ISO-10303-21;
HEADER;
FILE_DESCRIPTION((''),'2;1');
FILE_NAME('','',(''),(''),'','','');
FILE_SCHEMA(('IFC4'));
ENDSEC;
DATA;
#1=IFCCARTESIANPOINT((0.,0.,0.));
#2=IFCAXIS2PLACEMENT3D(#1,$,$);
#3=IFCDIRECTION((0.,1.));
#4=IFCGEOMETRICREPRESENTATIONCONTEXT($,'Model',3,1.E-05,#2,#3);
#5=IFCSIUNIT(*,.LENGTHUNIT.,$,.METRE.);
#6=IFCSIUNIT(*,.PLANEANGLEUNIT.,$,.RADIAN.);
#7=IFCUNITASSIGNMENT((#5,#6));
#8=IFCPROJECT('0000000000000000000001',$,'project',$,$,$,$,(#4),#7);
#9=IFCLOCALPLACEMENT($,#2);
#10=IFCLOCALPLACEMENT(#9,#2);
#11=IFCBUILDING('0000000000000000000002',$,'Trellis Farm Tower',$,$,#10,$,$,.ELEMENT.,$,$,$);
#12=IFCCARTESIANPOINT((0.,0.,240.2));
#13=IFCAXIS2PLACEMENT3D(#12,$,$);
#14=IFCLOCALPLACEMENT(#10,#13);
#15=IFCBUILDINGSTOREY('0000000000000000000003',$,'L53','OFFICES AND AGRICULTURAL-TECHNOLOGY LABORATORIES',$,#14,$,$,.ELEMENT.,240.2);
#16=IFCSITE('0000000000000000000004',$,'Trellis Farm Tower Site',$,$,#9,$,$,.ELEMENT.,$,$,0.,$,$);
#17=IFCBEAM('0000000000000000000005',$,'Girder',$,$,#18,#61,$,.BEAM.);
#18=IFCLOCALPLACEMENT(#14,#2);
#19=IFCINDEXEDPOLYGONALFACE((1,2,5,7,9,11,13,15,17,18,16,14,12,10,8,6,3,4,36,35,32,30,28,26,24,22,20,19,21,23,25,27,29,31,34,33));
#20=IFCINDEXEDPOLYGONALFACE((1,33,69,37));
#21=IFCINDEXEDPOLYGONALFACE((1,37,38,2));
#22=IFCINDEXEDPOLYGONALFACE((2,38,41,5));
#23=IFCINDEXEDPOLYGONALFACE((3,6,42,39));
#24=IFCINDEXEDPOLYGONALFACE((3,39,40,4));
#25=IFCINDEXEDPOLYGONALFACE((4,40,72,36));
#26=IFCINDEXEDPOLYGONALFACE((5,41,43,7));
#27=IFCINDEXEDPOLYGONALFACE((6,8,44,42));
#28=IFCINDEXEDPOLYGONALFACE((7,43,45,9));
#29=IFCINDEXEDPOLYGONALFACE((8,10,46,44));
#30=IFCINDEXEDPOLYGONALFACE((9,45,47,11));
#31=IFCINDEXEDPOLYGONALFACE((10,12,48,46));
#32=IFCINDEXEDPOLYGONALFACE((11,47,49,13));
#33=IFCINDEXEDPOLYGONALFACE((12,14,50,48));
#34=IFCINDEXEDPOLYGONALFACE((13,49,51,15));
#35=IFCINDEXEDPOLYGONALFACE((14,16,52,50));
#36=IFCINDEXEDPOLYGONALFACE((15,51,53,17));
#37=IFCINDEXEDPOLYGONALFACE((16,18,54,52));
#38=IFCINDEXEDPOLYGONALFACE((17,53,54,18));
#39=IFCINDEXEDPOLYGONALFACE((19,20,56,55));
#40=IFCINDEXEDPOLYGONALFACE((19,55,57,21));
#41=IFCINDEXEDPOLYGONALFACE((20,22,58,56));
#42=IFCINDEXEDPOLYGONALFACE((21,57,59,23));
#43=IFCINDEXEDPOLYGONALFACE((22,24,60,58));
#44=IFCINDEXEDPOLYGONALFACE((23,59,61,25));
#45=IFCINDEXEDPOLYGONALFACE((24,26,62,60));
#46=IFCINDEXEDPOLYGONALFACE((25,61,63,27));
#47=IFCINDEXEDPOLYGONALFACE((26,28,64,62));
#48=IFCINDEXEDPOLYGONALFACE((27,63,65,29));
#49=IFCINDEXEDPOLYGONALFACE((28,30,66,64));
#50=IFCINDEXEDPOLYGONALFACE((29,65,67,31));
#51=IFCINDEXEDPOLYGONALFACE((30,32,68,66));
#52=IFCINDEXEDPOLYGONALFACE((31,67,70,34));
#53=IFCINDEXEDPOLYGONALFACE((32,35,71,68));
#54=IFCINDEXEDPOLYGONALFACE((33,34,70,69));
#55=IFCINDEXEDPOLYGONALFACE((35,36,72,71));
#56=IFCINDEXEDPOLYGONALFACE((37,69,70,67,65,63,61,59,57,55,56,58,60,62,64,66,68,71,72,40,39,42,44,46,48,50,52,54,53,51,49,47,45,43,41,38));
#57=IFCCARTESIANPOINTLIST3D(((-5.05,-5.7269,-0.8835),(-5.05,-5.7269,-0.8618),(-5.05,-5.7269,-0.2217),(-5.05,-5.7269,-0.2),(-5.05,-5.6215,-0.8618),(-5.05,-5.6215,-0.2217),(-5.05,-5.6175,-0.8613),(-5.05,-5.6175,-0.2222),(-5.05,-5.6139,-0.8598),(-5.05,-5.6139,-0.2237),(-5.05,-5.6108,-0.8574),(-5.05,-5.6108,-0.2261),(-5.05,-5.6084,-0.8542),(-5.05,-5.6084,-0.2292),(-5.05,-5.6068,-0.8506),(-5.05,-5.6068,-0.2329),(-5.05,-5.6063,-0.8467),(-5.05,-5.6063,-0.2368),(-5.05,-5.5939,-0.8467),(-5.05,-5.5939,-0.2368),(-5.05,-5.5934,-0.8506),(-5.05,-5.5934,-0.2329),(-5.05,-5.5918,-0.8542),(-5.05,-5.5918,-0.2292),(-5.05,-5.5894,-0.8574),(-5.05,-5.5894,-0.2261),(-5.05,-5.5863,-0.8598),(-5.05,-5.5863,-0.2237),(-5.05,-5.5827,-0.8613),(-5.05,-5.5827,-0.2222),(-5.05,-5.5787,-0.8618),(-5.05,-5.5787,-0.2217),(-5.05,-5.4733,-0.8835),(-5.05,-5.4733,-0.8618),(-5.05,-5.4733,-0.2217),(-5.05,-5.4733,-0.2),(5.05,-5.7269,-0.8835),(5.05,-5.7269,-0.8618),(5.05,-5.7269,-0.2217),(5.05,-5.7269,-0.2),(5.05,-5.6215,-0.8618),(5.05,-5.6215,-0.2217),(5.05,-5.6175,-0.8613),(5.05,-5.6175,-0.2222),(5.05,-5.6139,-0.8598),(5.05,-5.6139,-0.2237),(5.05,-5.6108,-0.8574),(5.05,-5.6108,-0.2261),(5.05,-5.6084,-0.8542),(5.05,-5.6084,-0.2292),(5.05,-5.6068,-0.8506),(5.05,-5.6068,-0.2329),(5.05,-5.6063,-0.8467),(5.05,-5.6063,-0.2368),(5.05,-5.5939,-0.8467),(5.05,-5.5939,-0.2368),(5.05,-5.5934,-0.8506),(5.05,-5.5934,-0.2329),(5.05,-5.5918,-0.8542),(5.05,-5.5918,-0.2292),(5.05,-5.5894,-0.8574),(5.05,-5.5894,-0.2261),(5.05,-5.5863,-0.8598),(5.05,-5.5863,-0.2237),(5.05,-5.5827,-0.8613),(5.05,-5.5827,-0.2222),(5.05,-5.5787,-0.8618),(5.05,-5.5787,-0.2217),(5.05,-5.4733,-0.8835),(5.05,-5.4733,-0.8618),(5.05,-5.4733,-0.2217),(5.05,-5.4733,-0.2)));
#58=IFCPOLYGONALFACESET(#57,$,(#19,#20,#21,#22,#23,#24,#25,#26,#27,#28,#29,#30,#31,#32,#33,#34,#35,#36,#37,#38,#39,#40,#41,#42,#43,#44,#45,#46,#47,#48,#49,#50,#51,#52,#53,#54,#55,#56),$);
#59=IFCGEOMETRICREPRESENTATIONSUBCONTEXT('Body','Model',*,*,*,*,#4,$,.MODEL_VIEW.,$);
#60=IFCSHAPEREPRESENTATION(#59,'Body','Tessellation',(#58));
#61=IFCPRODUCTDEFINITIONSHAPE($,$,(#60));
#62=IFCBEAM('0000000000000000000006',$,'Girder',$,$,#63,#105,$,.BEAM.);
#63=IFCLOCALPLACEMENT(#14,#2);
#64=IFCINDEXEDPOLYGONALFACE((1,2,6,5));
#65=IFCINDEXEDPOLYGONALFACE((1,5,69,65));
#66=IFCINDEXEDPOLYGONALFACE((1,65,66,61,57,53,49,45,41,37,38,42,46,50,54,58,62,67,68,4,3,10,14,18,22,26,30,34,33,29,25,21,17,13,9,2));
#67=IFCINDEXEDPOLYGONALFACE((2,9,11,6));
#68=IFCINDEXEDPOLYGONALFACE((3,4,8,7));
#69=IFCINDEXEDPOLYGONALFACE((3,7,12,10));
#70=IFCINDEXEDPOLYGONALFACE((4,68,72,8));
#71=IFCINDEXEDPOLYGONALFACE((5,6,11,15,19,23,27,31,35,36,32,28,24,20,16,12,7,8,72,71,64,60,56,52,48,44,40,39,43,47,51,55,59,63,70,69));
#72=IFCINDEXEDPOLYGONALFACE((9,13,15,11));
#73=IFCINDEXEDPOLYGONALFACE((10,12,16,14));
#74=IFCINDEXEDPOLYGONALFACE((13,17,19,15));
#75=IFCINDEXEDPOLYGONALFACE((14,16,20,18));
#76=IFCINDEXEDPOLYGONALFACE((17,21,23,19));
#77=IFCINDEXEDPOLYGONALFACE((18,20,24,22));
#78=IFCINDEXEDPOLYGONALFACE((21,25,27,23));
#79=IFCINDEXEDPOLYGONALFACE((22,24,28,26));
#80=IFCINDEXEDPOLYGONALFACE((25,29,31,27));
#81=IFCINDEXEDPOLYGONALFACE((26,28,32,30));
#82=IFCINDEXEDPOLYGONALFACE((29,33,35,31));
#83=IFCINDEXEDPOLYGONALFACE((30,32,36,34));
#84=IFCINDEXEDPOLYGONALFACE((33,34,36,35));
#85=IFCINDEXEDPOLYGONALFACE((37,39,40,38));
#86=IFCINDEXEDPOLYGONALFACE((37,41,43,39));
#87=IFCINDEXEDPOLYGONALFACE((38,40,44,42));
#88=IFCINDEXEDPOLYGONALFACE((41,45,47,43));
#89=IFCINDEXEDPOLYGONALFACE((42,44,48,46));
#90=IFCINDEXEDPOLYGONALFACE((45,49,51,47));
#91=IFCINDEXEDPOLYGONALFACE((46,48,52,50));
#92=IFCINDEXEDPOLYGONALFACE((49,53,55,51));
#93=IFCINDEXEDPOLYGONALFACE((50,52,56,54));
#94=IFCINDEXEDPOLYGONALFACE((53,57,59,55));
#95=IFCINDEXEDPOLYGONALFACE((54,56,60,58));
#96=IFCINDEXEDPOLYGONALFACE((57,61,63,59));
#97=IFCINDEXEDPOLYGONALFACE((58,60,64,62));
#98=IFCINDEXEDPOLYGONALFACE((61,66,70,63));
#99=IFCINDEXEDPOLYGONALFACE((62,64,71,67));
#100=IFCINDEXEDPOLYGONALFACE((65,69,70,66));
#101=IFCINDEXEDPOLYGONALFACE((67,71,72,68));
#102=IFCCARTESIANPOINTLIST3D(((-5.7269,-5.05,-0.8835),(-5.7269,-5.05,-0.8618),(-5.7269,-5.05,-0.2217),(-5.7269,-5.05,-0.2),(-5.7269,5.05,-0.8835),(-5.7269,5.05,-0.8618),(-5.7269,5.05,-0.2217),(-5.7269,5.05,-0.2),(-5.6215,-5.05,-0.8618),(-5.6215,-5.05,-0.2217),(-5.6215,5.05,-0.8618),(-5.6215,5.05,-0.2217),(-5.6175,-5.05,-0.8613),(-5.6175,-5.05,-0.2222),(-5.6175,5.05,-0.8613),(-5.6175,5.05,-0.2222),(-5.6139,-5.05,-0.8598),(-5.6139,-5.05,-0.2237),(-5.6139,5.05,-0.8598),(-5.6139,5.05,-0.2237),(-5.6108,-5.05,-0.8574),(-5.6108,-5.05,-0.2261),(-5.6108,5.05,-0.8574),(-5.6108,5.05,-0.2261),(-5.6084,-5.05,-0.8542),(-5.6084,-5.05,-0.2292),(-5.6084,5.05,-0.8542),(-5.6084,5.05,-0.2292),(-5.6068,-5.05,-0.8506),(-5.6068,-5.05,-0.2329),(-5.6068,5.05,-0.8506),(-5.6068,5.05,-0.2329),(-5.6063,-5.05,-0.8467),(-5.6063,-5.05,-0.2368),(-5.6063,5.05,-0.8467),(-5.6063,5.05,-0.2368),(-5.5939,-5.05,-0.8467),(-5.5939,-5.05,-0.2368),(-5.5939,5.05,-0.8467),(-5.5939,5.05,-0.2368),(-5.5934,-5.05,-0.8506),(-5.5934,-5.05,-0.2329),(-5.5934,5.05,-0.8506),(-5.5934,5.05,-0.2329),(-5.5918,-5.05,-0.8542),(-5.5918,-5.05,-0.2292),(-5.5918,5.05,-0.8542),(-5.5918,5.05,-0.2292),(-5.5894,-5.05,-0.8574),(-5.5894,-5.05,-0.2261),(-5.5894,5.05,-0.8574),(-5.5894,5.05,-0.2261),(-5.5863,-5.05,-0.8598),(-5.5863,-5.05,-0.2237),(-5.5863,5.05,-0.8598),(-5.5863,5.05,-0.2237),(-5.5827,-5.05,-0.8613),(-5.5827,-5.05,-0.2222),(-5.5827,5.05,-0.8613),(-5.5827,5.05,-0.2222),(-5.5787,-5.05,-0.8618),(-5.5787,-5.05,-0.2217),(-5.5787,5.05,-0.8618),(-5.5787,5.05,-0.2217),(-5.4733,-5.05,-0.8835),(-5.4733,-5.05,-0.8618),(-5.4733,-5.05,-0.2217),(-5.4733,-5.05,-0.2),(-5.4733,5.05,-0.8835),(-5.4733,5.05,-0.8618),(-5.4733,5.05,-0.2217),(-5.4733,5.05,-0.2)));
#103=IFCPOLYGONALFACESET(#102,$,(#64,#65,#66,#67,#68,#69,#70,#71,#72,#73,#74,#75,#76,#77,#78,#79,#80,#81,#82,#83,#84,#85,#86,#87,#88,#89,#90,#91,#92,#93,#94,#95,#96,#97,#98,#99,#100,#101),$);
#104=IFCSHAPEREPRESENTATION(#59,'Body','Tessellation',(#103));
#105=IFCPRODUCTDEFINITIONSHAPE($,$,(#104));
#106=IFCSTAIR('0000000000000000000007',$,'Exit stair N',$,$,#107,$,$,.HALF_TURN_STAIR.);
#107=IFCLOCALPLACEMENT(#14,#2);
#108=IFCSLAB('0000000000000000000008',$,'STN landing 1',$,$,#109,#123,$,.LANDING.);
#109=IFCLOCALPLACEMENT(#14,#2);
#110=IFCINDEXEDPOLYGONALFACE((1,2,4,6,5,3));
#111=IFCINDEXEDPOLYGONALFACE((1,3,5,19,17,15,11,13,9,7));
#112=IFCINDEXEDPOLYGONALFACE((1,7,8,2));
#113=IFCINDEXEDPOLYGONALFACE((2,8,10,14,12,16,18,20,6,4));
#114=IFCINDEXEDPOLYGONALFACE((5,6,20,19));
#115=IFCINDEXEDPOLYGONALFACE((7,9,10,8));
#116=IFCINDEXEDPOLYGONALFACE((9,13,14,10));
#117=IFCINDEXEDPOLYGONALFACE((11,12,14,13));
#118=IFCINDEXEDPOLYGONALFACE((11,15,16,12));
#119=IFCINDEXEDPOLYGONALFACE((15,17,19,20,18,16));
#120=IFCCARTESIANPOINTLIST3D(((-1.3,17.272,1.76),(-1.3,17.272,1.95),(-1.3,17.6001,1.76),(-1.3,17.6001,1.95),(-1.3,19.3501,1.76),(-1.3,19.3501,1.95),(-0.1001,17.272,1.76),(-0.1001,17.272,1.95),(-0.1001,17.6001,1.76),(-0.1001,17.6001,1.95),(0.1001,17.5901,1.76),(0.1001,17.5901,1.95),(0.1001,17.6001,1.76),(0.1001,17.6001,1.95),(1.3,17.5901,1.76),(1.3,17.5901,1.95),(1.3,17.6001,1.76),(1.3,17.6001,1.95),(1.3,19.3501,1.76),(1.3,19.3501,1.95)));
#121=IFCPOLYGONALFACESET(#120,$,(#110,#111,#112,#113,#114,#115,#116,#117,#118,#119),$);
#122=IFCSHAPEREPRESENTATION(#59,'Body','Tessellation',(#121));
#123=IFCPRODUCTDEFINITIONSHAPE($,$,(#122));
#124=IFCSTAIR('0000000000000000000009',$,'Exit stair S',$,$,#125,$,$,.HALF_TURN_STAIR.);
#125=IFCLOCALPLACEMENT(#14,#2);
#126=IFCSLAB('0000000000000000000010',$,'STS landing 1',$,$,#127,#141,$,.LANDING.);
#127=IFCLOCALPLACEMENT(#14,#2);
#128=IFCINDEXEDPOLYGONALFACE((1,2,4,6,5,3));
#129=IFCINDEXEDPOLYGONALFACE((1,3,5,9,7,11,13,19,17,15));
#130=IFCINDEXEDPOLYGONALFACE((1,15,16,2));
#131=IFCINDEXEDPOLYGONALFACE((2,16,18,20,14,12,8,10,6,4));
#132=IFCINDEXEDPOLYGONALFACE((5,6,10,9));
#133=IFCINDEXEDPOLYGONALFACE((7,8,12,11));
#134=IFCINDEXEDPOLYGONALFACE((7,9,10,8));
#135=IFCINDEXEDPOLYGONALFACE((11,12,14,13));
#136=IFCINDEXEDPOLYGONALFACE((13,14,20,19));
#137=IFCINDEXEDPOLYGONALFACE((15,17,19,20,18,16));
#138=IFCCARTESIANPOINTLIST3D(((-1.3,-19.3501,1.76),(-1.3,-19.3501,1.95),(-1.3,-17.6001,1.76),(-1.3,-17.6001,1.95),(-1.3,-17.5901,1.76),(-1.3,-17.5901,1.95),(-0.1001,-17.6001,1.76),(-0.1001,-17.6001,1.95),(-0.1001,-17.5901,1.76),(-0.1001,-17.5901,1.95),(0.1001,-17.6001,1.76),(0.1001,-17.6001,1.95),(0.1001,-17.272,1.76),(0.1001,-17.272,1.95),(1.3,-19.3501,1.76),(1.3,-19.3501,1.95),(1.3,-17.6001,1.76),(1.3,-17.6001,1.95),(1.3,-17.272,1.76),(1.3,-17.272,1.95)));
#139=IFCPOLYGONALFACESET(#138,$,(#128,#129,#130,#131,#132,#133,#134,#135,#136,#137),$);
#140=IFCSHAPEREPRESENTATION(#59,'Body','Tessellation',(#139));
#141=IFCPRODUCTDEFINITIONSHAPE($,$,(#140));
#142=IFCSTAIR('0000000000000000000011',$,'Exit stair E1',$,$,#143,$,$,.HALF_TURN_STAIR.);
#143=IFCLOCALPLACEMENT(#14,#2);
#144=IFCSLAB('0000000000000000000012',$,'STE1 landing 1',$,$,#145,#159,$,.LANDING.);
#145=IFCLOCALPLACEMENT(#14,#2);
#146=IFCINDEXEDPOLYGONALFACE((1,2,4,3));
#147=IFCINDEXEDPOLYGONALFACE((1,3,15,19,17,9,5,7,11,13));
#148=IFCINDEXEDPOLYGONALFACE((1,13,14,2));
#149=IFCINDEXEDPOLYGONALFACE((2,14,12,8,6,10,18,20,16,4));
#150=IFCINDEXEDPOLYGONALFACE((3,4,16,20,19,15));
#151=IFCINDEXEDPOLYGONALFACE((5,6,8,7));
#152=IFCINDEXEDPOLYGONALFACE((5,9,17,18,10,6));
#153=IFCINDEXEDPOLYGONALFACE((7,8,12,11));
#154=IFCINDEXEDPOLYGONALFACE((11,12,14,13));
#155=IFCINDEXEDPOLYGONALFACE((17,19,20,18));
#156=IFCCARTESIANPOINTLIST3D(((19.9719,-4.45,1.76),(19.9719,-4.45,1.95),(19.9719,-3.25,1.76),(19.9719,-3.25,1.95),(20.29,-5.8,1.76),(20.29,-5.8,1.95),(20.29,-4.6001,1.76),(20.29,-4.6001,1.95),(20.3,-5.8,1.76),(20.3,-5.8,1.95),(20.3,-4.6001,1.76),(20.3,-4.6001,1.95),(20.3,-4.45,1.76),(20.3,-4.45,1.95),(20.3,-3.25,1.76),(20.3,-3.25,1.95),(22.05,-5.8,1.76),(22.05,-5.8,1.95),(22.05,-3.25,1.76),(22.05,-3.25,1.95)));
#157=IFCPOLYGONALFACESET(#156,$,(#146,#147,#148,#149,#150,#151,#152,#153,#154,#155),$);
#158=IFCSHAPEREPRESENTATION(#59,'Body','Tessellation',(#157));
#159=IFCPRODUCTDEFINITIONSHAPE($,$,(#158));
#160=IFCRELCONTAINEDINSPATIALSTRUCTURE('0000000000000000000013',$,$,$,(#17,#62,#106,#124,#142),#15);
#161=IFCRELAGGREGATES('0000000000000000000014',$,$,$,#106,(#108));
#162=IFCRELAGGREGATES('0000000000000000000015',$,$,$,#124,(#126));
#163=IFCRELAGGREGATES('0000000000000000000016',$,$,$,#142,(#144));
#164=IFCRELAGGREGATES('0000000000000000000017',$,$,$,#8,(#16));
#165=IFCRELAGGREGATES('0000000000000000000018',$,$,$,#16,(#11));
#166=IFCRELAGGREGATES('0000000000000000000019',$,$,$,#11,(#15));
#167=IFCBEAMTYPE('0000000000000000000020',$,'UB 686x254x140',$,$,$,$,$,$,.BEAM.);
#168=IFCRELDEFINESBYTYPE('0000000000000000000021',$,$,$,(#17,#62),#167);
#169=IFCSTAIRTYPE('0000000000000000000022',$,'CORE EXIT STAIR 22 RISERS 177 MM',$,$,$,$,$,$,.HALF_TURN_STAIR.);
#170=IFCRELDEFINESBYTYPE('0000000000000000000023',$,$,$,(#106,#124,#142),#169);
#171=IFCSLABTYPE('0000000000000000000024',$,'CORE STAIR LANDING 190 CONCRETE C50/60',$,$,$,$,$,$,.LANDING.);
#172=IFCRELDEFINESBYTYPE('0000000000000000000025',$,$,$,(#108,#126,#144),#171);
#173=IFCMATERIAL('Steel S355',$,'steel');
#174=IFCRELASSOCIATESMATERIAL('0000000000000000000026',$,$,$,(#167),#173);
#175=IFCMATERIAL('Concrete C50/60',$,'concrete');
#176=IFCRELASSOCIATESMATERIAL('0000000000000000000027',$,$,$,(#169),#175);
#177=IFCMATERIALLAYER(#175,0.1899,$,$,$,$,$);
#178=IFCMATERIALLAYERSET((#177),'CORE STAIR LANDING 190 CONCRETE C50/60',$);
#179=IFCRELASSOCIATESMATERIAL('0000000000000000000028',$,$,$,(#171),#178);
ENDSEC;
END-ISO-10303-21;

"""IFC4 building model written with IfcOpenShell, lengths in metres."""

from ifc_helpers import new_model, si_unit, direction, frame, origin, origin_2d, place, context, subcontext, project, spatial, polyline, i_section, outline, extrude, source, transform, mapped, material, layer, layer_set, material_profile, profile_set, type_object, element, aggregate, save


model = new_model("IFC4")

# Units and contexts
model_context = context("Model", 3, precision=1e-05, world=origin(), true_north=direction((0.0, 1.0)))
body_context = subcontext(model_context, "Body", "Model", "MODEL_VIEW")
ifc_project = project(units=[si_unit("LENGTHUNIT", "METRE"), si_unit("PLANEANGLEUNIT", "RADIAN")], contexts=[model_context])

# Site, building, storey
site_placement = place(None, origin())
site = spatial("IfcSite", under=ifc_project, at=site_placement, Name="Trellis Farm Tower Site", CompositionType="ELEMENT", RefElevation=0.0)
building_placement = place(site_placement, origin())
building = spatial("IfcBuilding", under=site, at=building_placement, Name="Trellis Farm Tower", CompositionType="ELEMENT")
storey_placement = place(building_placement, frame((0.0, 0.0, 240.2)))
storey = spatial("IfcBuildingStorey", under=building, at=storey_placement, Name="L53", Description="OFFICES AND AGRICULTURAL-TECHNOLOGY LABORATORIES", CompositionType="ELEMENT", Elevation=240.2)

# Beams
ifc_material_1 = material(Name="Steel S355", Category="steel")
ifc_material_profile_1 = material_profile(ifc_material_1, i_section(OverallWidth=0.2537, OverallDepth=0.6836, WebThickness=0.0125, FlangeThickness=0.0217, FilletRadius=0.0151, at=origin_2d()), Name="UB 686x254x140")
ifc_profile_set_1 = profile_set([ifc_material_profile_1], Name="Steel S355")
beam_type_1 = type_object("IfcBeamType", Name="UB 686x254x140", PredefinedType="BEAM", material=ifc_profile_set_1)
shared_shape_1 = source(origin(), body_context, "Body", "SweptSolid", [
    extrude(i_section(OverallWidth=0.2537, OverallDepth=0.6836, WebThickness=0.0125, FlangeThickness=0.0217, FilletRadius=0.0151, at=origin_2d()), origin(), (0.0, 0.0, 1.0), 10.1001),
])
for number, where, z_axis, x_axis, name in (
    (1, (-5.05, -5.6001, -0.5417), (1.0, 0.0, 0.0), (0.0, 1.0, 0.0), "Girder"),
    (2, (-5.6001, -5.05, -0.5417), (0.0, 1.0, 0.0), (-1.0, 0.0, 0.0), "Girder"),
):
    element("IfcBeam", number, at=place(storey_placement, frame(where, z_axis=z_axis, x_axis=x_axis)), inside=storey, type_object=beam_type_1, Name=name, PredefinedType="BEAM", context=body_context, shape_type="MappedRepresentation", body=[
        mapped(shared_shape_1, transform((0.0, 0.0, 0.0))),
    ])

# Stairs, slabs
ifc_material_2 = material(Name="Concrete C50/60", Category="concrete")
stair_type = type_object("IfcStairType", Name="CORE EXIT STAIR 22 RISERS 177 MM", PredefinedType="HALF_TURN_STAIR", material=ifc_material_2)
placement_1 = place(storey_placement, origin())
stair_1 = element("IfcStair", 3, at=placement_1, inside=storey, type_object=stair_type, Name="Exit stair N", PredefinedType="HALF_TURN_STAIR")
ifc_layer_1 = layer(ifc_material_2, 0.1899)
ifc_layer_set_1 = layer_set([ifc_layer_1], Name="CORE STAIR LANDING 190 CONCRETE C50/60")
slab_type_1 = type_object("IfcSlabType", Name="CORE STAIR LANDING 190 CONCRETE C50/60", PredefinedType="LANDING", material=ifc_layer_set_1)
shared_shape_2 = source(origin(), body_context, "Body", "SweptSolid", [
    extrude(outline(polyline([(-0.1001, 17.272), (-1.3, 17.272), (-1.3, 17.6001), (-1.3, 19.3501), (1.3, 19.3501), (1.3, 17.6001), (1.3, 17.5901), (0.1001, 17.5901), (0.1001, 17.6001), (-0.1001, 17.6001), (-0.1001, 17.272)])), origin(), (0.0, 0.0, 1.0), 0.1899),
])
placement_2 = place(storey_placement, frame((0.0, 0.0, 1.76)))
slab_1 = element("IfcSlab", 4, at=placement_2, type_object=slab_type_1, Name="STN landing 1", PredefinedType="LANDING", context=body_context, shape_type="MappedRepresentation", body=[
    mapped(shared_shape_2, transform((0.0, 0.0, 0.0))),
])
aggregate(stair_1, [slab_1])
stair_2 = element("IfcStair", 5, at=placement_1, inside=storey, type_object=stair_type, Name="Exit stair S", PredefinedType="HALF_TURN_STAIR")
shared_shape_3 = source(origin(), body_context, "Body", "SweptSolid", [
    extrude(outline(polyline([(1.3, -19.3501), (-1.3, -19.3501), (-1.3, -17.6001), (-1.3, -17.5901), (-0.1001, -17.5901), (-0.1001, -17.6001), (0.1001, -17.6001), (0.1001, -17.272), (1.3, -17.272), (1.3, -17.6001), (1.3, -19.3501)])), origin(), (0.0, 0.0, 1.0), 0.1899),
])
slab_2 = element("IfcSlab", 6, at=placement_2, type_object=slab_type_1, Name="STS landing 1", PredefinedType="LANDING", context=body_context, shape_type="MappedRepresentation", body=[
    mapped(shared_shape_3, transform((0.0, 0.0, 0.0))),
])
aggregate(stair_2, [slab_2])
stair_3 = element("IfcStair", 7, at=placement_1, inside=storey, type_object=stair_type, Name="Exit stair E1", PredefinedType="HALF_TURN_STAIR")
shared_shape_4 = source(origin(), body_context, "Body", "SweptSolid", [
    extrude(outline(polyline([(20.29, -5.8), (20.29, -4.6001), (20.3, -4.6001), (20.3, -4.45), (19.9719, -4.45), (19.9719, -3.25), (20.3, -3.25), (22.05, -3.25), (22.05, -5.8), (20.3, -5.8), (20.29, -5.8)])), origin(), (0.0, 0.0, 1.0), 0.1899),
])
slab_3 = element("IfcSlab", 8, at=placement_2, type_object=slab_type_1, Name="STE1 landing 1", PredefinedType="LANDING", context=body_context, shape_type="MappedRepresentation", body=[
    mapped(shared_shape_4, transform((0.0, 0.0, 0.0))),
])
aggregate(stair_3, [slab_3])

save(model, "model.ifc")
